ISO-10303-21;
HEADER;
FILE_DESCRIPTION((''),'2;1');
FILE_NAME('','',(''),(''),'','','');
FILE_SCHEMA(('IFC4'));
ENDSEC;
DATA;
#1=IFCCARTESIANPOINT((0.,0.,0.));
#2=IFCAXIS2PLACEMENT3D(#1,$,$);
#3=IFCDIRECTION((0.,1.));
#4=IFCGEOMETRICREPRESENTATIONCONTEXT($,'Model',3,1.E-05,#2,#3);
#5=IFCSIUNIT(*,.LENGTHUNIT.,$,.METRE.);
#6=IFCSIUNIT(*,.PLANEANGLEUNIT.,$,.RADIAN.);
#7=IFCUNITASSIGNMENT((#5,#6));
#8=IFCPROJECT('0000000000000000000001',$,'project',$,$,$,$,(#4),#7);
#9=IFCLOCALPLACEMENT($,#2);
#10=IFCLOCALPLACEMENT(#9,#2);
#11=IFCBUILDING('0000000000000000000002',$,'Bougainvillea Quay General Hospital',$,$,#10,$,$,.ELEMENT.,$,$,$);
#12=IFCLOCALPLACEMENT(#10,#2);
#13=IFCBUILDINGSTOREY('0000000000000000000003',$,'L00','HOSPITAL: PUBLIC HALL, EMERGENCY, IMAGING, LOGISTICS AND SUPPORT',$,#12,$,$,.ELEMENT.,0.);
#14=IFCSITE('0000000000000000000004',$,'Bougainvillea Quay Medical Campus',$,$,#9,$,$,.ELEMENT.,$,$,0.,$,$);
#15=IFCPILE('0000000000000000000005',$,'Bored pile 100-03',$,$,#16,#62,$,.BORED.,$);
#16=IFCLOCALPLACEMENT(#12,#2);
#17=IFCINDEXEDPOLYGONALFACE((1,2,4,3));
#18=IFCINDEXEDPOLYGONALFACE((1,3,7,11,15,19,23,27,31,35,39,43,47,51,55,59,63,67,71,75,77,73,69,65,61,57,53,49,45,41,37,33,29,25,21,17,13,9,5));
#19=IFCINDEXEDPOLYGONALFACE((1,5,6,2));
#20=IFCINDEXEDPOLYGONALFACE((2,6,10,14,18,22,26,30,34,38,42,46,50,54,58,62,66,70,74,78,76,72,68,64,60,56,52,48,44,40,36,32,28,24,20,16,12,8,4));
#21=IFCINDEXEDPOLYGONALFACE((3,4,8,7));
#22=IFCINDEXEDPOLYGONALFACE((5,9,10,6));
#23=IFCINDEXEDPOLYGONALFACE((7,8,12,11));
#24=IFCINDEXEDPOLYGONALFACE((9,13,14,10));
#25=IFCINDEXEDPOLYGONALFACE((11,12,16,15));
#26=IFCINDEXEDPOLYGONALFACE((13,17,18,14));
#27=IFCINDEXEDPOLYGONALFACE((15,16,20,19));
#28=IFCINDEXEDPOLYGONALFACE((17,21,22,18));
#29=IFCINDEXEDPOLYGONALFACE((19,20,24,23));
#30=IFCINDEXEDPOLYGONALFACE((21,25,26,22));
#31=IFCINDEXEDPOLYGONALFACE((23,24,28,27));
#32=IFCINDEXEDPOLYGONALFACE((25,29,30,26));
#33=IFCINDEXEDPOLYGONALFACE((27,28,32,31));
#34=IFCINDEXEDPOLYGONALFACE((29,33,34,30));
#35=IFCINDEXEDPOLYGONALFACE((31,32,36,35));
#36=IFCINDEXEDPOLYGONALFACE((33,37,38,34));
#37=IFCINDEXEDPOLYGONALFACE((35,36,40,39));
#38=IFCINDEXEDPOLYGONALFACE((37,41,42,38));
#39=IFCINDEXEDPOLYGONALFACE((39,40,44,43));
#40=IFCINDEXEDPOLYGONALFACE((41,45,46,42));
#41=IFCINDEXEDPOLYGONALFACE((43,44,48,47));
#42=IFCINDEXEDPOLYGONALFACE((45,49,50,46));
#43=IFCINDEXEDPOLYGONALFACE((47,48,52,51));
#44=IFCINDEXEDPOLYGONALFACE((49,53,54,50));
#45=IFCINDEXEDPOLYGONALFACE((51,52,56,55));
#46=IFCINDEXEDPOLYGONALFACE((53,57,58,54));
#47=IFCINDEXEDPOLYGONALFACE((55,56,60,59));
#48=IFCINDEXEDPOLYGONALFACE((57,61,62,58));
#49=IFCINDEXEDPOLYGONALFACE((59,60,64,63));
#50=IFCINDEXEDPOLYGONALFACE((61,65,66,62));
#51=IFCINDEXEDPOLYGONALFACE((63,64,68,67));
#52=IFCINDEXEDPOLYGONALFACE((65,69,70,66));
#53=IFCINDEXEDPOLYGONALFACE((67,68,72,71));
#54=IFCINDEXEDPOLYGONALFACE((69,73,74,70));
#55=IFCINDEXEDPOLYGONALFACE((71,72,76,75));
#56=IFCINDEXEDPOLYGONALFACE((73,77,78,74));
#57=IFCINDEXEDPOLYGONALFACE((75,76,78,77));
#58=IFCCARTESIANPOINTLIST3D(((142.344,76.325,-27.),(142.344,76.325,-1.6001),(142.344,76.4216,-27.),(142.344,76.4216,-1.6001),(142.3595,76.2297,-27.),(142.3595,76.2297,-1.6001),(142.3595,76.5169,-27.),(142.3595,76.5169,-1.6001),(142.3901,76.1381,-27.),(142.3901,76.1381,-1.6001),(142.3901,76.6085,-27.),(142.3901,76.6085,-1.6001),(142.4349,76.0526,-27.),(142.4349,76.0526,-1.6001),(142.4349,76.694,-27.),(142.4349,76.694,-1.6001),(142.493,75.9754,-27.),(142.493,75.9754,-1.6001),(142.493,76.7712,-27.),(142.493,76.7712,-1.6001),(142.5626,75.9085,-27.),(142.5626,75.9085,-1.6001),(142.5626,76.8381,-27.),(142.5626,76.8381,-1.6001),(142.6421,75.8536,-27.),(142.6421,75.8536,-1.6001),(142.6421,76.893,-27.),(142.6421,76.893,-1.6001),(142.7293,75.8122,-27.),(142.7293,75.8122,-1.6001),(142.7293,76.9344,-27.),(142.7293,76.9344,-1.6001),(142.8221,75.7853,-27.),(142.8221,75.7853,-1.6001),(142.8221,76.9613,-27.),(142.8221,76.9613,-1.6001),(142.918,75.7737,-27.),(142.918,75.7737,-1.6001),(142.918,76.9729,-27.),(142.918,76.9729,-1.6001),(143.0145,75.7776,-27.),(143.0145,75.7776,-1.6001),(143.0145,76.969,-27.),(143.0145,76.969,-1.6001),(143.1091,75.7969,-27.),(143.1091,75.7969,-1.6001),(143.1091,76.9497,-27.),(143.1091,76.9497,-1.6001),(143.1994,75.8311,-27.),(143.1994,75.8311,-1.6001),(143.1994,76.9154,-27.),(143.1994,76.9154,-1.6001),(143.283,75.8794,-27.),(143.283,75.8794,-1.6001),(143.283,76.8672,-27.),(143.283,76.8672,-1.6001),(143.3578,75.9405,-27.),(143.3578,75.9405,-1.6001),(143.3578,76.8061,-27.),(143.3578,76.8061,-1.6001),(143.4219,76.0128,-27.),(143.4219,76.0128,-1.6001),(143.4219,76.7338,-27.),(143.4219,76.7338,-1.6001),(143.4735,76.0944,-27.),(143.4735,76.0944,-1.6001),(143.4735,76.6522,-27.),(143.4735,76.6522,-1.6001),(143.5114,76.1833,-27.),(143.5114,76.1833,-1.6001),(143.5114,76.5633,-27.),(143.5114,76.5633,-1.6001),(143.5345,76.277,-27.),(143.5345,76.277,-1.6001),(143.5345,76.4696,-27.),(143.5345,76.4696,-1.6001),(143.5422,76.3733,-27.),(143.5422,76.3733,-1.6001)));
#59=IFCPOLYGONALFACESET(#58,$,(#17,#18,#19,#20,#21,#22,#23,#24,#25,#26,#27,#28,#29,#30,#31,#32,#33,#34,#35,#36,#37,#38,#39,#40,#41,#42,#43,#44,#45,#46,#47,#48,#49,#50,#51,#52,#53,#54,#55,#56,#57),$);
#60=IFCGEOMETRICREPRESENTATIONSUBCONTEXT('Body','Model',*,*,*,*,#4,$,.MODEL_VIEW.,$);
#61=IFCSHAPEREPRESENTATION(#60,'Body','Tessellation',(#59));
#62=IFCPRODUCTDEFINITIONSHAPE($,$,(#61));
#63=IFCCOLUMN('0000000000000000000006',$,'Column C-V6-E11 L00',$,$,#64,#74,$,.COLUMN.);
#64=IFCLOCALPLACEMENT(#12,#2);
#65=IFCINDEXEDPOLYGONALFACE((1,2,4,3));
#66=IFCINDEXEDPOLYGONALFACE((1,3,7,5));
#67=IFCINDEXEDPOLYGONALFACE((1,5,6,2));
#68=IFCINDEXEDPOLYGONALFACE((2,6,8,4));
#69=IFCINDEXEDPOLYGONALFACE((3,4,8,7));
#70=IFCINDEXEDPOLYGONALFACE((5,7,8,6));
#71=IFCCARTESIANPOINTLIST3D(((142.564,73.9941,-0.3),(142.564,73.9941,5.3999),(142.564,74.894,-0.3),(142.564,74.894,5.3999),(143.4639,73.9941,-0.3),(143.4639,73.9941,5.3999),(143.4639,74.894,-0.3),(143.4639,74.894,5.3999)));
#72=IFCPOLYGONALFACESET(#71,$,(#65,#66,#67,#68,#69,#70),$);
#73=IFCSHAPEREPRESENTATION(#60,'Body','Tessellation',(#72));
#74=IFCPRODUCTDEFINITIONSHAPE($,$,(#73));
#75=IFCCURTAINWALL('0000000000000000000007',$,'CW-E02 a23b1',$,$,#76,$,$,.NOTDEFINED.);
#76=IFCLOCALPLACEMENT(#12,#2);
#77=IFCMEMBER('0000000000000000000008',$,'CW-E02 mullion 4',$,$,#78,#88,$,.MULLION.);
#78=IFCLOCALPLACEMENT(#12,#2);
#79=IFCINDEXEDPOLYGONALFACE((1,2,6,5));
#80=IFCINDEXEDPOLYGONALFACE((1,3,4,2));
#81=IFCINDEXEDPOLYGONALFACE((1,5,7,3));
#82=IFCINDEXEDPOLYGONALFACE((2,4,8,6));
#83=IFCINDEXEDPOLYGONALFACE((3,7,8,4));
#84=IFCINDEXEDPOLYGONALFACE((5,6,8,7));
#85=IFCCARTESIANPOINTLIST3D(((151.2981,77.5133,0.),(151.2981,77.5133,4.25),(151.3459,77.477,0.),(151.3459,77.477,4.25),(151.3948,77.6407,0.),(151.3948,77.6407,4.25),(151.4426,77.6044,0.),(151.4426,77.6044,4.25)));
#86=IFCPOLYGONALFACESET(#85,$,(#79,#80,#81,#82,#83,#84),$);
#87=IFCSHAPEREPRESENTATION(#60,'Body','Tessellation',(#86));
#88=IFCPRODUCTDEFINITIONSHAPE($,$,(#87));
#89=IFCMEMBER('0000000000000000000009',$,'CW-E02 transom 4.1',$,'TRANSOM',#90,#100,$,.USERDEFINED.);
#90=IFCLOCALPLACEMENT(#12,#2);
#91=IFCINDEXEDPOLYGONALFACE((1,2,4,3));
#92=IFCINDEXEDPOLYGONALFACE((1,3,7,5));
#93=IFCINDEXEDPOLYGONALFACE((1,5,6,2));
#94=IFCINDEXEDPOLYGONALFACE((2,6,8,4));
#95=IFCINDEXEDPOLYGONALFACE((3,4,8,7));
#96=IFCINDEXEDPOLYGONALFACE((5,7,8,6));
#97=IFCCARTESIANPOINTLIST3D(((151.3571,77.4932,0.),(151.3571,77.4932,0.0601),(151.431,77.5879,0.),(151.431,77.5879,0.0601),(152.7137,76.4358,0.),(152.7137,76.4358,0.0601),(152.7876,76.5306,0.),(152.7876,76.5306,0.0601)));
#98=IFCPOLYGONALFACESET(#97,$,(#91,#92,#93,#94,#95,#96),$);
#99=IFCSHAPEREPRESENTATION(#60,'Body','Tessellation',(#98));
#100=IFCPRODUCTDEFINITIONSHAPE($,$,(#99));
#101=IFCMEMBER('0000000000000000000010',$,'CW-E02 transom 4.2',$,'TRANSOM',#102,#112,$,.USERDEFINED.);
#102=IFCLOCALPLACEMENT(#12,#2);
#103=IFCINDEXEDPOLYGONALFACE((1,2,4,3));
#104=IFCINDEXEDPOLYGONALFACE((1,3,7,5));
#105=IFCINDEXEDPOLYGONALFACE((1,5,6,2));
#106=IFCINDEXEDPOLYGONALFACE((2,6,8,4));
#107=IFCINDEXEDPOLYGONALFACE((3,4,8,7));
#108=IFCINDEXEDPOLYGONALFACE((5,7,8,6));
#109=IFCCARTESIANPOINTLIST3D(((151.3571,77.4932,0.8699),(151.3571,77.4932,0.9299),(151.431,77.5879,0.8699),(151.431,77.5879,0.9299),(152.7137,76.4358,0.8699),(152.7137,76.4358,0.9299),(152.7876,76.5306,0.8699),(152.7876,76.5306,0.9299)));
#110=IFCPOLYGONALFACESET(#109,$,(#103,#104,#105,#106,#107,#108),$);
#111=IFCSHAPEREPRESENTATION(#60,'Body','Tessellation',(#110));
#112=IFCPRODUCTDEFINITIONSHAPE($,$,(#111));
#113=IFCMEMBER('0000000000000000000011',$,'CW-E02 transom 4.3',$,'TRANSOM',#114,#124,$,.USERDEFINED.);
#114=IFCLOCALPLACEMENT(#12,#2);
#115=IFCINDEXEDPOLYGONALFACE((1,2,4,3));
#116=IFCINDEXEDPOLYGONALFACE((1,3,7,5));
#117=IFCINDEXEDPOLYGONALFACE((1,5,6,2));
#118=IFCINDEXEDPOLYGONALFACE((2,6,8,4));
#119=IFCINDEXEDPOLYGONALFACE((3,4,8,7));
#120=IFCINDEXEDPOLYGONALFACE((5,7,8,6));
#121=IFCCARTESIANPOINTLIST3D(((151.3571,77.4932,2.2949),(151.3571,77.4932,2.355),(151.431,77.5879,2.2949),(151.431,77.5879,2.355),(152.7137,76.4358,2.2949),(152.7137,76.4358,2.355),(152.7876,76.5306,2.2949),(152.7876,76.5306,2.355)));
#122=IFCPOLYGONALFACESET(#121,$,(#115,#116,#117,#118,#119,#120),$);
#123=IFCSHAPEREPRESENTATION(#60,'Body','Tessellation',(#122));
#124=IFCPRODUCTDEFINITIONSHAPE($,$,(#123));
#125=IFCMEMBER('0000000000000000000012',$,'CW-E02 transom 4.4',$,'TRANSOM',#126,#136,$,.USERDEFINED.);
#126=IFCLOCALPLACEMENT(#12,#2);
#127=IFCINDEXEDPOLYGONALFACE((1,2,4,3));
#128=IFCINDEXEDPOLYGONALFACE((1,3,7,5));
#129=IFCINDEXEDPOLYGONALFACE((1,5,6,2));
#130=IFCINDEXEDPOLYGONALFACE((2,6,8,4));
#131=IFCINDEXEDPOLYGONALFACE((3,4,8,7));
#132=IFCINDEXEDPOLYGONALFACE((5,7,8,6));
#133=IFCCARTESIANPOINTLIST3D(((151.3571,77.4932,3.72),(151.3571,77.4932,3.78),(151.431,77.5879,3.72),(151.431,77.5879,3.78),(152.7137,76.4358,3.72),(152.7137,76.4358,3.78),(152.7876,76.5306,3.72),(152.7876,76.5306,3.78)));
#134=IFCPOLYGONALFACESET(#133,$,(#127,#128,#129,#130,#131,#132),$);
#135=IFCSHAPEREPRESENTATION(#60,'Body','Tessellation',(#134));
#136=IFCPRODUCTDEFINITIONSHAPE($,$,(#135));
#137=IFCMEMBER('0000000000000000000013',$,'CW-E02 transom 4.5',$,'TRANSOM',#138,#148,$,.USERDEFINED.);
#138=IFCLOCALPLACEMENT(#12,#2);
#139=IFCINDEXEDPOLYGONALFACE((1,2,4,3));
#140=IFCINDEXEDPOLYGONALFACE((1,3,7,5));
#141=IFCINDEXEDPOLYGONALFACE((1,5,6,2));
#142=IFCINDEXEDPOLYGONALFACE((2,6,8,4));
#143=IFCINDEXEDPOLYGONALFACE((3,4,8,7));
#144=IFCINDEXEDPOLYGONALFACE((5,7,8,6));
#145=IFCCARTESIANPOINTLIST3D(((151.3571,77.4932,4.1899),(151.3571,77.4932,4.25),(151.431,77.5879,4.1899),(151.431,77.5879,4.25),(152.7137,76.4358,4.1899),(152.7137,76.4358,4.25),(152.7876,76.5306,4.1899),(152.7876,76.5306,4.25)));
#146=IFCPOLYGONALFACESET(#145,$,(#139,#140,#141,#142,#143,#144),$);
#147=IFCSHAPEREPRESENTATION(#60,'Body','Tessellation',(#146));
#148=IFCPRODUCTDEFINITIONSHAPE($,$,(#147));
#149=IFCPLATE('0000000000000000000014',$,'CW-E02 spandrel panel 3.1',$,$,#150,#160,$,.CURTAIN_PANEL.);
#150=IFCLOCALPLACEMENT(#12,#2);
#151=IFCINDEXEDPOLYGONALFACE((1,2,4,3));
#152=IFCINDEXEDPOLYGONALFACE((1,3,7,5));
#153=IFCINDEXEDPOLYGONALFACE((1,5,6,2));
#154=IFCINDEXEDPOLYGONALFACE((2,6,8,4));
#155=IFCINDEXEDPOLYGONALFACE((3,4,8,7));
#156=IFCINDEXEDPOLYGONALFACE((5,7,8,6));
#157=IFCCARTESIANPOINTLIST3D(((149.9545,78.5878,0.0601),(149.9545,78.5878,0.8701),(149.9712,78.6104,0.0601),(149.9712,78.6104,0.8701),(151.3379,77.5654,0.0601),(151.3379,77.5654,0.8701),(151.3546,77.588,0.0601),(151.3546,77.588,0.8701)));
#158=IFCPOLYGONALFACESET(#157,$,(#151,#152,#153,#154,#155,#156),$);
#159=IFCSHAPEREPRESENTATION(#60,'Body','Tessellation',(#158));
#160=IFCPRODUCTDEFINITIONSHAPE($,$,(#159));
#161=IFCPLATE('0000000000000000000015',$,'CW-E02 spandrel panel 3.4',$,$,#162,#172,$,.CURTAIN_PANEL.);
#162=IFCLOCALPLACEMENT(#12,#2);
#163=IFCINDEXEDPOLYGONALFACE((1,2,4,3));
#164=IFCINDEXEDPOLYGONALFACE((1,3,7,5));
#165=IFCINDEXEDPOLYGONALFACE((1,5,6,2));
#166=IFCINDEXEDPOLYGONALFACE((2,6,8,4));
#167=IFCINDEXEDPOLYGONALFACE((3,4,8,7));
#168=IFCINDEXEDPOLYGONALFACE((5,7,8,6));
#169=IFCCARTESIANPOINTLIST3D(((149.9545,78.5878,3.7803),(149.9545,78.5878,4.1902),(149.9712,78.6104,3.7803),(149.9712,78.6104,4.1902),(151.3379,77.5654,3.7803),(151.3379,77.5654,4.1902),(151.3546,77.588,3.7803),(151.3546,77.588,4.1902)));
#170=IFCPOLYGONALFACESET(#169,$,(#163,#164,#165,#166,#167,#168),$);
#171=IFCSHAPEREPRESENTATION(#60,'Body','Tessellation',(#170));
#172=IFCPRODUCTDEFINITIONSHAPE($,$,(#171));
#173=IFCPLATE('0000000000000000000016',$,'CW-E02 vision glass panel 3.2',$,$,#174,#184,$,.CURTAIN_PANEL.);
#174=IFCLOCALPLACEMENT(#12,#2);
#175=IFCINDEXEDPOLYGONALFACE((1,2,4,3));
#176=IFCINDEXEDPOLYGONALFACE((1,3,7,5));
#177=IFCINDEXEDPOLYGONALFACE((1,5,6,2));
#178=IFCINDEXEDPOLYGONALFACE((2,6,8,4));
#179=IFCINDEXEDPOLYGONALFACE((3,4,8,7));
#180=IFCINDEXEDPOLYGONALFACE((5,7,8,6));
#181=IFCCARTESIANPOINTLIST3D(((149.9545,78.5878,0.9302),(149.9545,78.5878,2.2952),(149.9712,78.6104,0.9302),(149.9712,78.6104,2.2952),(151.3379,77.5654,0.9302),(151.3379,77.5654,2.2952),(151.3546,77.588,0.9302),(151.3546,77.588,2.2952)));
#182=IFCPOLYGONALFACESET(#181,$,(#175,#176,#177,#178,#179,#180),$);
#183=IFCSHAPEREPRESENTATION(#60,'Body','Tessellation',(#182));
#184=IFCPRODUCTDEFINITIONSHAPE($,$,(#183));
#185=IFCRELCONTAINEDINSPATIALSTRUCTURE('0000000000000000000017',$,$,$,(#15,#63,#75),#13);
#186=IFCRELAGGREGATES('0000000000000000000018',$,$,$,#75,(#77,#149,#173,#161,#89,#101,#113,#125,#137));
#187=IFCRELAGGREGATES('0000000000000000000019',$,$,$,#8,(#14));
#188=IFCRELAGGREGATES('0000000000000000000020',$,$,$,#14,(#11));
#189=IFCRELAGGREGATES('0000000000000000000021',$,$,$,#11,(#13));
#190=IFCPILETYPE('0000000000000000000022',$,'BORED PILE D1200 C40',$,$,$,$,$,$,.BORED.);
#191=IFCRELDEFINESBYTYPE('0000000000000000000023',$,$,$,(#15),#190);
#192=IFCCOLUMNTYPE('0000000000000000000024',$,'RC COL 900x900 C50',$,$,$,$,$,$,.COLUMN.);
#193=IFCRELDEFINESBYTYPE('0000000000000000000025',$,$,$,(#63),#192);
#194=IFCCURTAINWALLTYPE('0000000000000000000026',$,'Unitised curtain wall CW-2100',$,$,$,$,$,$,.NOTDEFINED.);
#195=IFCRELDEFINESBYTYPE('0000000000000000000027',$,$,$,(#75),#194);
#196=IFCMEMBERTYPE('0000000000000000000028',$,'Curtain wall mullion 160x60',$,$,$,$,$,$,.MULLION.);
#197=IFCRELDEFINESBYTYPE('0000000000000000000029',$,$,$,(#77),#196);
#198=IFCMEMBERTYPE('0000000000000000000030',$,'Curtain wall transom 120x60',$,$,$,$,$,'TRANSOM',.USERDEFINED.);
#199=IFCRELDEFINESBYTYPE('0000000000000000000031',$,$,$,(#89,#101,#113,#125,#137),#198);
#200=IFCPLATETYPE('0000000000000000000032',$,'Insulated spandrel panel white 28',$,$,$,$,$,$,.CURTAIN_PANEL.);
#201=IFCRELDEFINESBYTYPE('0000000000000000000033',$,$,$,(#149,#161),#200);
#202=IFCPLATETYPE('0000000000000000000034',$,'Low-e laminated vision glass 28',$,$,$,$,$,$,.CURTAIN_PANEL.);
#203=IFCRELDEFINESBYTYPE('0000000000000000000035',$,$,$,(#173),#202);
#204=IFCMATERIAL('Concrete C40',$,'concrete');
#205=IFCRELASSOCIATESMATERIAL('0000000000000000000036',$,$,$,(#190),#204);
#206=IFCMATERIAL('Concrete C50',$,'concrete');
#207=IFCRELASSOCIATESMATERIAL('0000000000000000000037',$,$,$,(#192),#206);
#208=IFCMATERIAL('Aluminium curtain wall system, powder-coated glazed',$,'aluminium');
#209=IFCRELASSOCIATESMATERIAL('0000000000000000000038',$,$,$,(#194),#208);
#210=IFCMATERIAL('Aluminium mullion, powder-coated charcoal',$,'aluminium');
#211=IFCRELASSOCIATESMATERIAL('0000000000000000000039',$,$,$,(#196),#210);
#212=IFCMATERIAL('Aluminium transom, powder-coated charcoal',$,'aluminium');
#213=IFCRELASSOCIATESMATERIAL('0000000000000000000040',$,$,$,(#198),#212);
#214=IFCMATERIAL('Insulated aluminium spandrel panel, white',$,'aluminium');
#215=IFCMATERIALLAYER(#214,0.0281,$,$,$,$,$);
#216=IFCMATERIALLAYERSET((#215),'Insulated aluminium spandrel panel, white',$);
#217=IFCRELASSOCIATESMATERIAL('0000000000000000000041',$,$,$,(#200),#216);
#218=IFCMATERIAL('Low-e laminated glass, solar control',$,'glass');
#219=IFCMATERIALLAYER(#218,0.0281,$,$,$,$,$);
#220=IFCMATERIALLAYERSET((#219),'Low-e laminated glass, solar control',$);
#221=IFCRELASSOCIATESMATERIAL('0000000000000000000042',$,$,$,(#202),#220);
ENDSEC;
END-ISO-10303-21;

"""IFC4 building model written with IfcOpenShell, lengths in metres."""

from ifc_helpers import new_model, si_unit, direction, frame, origin, origin_2d, place, context, subcontext, project, spatial, rectangle, circle, extrude, material, layer, layer_set, material_profile, profile_set, type_object, element, aggregate, save


model = new_model("IFC4")

# Units and contexts
model_context = context("Model", 3, precision=1e-05, world=origin(), true_north=direction((0.0, 1.0)))
body_context = subcontext(model_context, "Body", "Model", "MODEL_VIEW")
ifc_project = project(units=[si_unit("LENGTHUNIT", "METRE"), si_unit("PLANEANGLEUNIT", "RADIAN")], contexts=[model_context])

# Site, building, storey
site_placement = place(None, origin())
site = spatial("IfcSite", under=ifc_project, at=site_placement, Name="Bougainvillea Quay Medical Campus", CompositionType="ELEMENT", RefElevation=0.0)
building_placement = place(site_placement, origin())
building = spatial("IfcBuilding", under=site, at=building_placement, Name="Bougainvillea Quay General Hospital", CompositionType="ELEMENT")
storey_placement = place(building_placement, origin())
storey = spatial("IfcBuildingStorey", under=building, at=storey_placement, Name="L00", Description="HOSPITAL: PUBLIC HALL, EMERGENCY, IMAGING, LOGISTICS AND SUPPORT", CompositionType="ELEMENT", Elevation=0.0)

# Pile
ifc_material_1 = material(Name="Concrete C40", Category="concrete")
ifc_material_profile_1 = material_profile(ifc_material_1, circle(Radius=0.6001, at=origin_2d()))
ifc_profile_set_1 = profile_set([ifc_material_profile_1], Name="Concrete C40")
pile_type = type_object("IfcPileType", Name="BORED PILE D1200 C40", PredefinedType="BORED", material=ifc_profile_set_1)
pile_placement = place(storey_placement, frame((142.9421, 76.3733, -1.6001), z_axis=(0.0, 0.0, -1.0), x_axis=(1.0, 0.0, 0.0)))
element("IfcPile", 1, at=pile_placement, inside=storey, type_object=pile_type, Name="Bored pile 100-03", PredefinedType="BORED", context=body_context, shape_type="SweptSolid", body=[
    extrude(circle(Radius=0.6001, at=origin_2d()), origin(), (0.0, 0.0, 1.0), 25.3999),
])

# Column
ifc_material_2 = material(Name="Concrete C50", Category="concrete")
ifc_material_profile_2 = material_profile(ifc_material_2, rectangle(XDim=0.8999, YDim=0.8999, at=origin_2d()))
ifc_profile_set_2 = profile_set([ifc_material_profile_2], Name="Concrete C50")
column_type = type_object("IfcColumnType", Name="RC COL 900x900 C50", PredefinedType="COLUMN", material=ifc_profile_set_2)
column_placement = place(storey_placement, frame((143.0139, 74.4441, -0.3), z_axis=(0.0, 0.0, 1.0), x_axis=(1.0, 0.0, 0.0)))
element("IfcColumn", 2, at=column_placement, inside=storey, type_object=column_type, Name="Column C-V6-E11 L00", PredefinedType="COLUMN", context=body_context, shape_type="SweptSolid", body=[
    extrude(rectangle(XDim=0.8999, YDim=0.8999, at=origin_2d()), origin(), (0.0, 0.0, 1.0), 5.7),
])

# Curtain wall, members, plates
ifc_material_3 = material(Name="Aluminium curtain wall system, powder-coated glazed", Category="aluminium")
curtain_wall_type = type_object("IfcCurtainWallType", Name="Unitised curtain wall CW-2100", PredefinedType="NOTDEFINED", material=ifc_material_3)
curtain_wall_placement = place(storey_placement, origin())
curtain_wall = element("IfcCurtainWall", 3, at=curtain_wall_placement, inside=storey, type_object=curtain_wall_type, Name="CW-E02 a23b1", PredefinedType="NOTDEFINED")
ifc_material_4 = material(Name="Aluminium mullion, powder-coated charcoal", Category="aluminium")
ifc_material_profile_3 = material_profile(ifc_material_4, rectangle(XDim=0.1599, YDim=0.0601, at=origin_2d()))
ifc_profile_set_3 = profile_set([ifc_material_profile_3], Name="Aluminium mullion, powder-coated charcoal")
member_type_1 = type_object("IfcMemberType", Name="Curtain wall mullion 160x60", PredefinedType="MULLION", material=ifc_profile_set_3)
member_1_placement = place(storey_placement, frame((151.3704, 77.5588, 0.0), z_axis=(0.0, 0.0, 1.0), x_axis=(0.604588, 0.796538, 0.0)))
member_1 = element("IfcMember", 4, at=member_1_placement, type_object=member_type_1, Name="CW-E02 mullion 4", PredefinedType="MULLION", context=body_context, shape_type="SweptSolid", body=[
    extrude(rectangle(XDim=0.1599, YDim=0.0601, at=origin_2d()), origin(), (0.0, 0.0, 1.0), 4.25),
])
ifc_material_5 = material(Name="Aluminium transom, powder-coated charcoal", Category="aluminium")
ifc_material_profile_4 = material_profile(ifc_material_5, rectangle(XDim=0.1201, YDim=0.0601, at=origin_2d()))
ifc_profile_set_4 = profile_set([ifc_material_profile_4], Name="Aluminium transom, powder-coated charcoal")
member_type_2 = type_object("IfcMemberType", Name="Curtain wall transom 120x60", ElementType="TRANSOM", PredefinedType="USERDEFINED", material=ifc_profile_set_4)
member_2_placement = place(storey_placement, frame((151.394, 77.5405, 0.03), z_axis=(0.78874, -0.614726, 0.0), x_axis=(0.614726, 0.78874, 0.0)))
member_2 = element("IfcMember", 5, at=member_2_placement, type_object=member_type_2, Name="CW-E02 transom 4.1", ObjectType="TRANSOM", PredefinedType="USERDEFINED", context=body_context, shape_type="SweptSolid", body=[
    extrude(rectangle(XDim=0.1201, YDim=0.0601, at=origin_2d()), origin(), (0.0, 0.0, 1.0), 1.72),
])
member_3_placement = place(storey_placement, frame((151.394, 77.5405, 0.8999), z_axis=(0.78874, -0.614726, 0.0), x_axis=(0.614726, 0.78874, 0.0)))
member_3 = element("IfcMember", 6, at=member_3_placement, type_object=member_type_2, Name="CW-E02 transom 4.2", ObjectType="TRANSOM", PredefinedType="USERDEFINED", context=body_context, shape_type="SweptSolid", body=[
    extrude(rectangle(XDim=0.1201, YDim=0.0601, at=origin_2d()), origin(), (0.0, 0.0, 1.0), 1.72),
])
member_4_placement = place(storey_placement, frame((151.394, 77.5405, 2.325), z_axis=(0.78874, -0.614726, 0.0), x_axis=(0.614726, 0.78874, 0.0)))
member_4 = element("IfcMember", 7, at=member_4_placement, type_object=member_type_2, Name="CW-E02 transom 4.3", ObjectType="TRANSOM", PredefinedType="USERDEFINED", context=body_context, shape_type="SweptSolid", body=[
    extrude(rectangle(XDim=0.1201, YDim=0.0601, at=origin_2d()), origin(), (0.0, 0.0, 1.0), 1.72),
])
member_5_placement = place(storey_placement, frame((151.394, 77.5405, 3.75), z_axis=(0.78874, -0.614726, 0.0), x_axis=(0.614726, 0.78874, 0.0)))
member_5 = element("IfcMember", 8, at=member_5_placement, type_object=member_type_2, Name="CW-E02 transom 4.4", ObjectType="TRANSOM", PredefinedType="USERDEFINED", context=body_context, shape_type="SweptSolid", body=[
    extrude(rectangle(XDim=0.1201, YDim=0.0601, at=origin_2d()), origin(), (0.0, 0.0, 1.0), 1.72),
])
member_6_placement = place(storey_placement, frame((151.394, 77.5405, 4.22), z_axis=(0.78874, -0.614726, 0.0), x_axis=(0.614726, 0.78874, 0.0)))
member_6 = element("IfcMember", 9, at=member_6_placement, type_object=member_type_2, Name="CW-E02 transom 4.5", ObjectType="TRANSOM", PredefinedType="USERDEFINED", context=body_context, shape_type="SweptSolid", body=[
    extrude(rectangle(XDim=0.1201, YDim=0.0601, at=origin_2d()), origin(), (0.0, 0.0, 1.0), 1.72),
])
ifc_material_6 = material(Name="Insulated aluminium spandrel panel, white", Category="aluminium")
ifc_layer_1 = layer(ifc_material_6, 0.0281)
ifc_layer_set_1 = layer_set([ifc_layer_1], Name="Insulated aluminium spandrel panel, white")
plate_type_1 = type_object("IfcPlateType", Name="Insulated spandrel panel white 28", PredefinedType="CURTAIN_PANEL", material=ifc_layer_set_1)
plate_1_placement = place(storey_placement, frame((150.6545, 78.0879, 0.0601), z_axis=(0.0, 0.0, 1.0), x_axis=(0.804189, -0.594374, 0.0)))
plate_1 = element("IfcPlate", 10, at=plate_1_placement, type_object=plate_type_1, Name="CW-E02 spandrel panel 3.1", PredefinedType="CURTAIN_PANEL", context=body_context, shape_type="SweptSolid", body=[
    extrude(rectangle(XDim=1.7202, YDim=0.0281, at=origin_2d()), origin(), (0.0, 0.0, 1.0), 0.8101),
])
plate_2_placement = place(storey_placement, frame((150.6545, 78.0879, 3.7803), z_axis=(0.0, 0.0, 1.0), x_axis=(0.804189, -0.594374, 0.0)))
plate_2 = element("IfcPlate", 11, at=plate_2_placement, type_object=plate_type_1, Name="CW-E02 spandrel panel 3.4", PredefinedType="CURTAIN_PANEL", context=body_context, shape_type="SweptSolid", body=[
    extrude(rectangle(XDim=1.7202, YDim=0.0281, at=origin_2d()), origin(), (0.0, 0.0, 1.0), 0.4099),
])
ifc_material_7 = material(Name="Low-e laminated glass, solar control", Category="glass")
ifc_layer_2 = layer(ifc_material_7, 0.0281)
ifc_layer_set_2 = layer_set([ifc_layer_2], Name="Low-e laminated glass, solar control")
plate_type_2 = type_object("IfcPlateType", Name="Low-e laminated vision glass 28", PredefinedType="CURTAIN_PANEL", material=ifc_layer_set_2)
plate_3_placement = place(storey_placement, frame((150.6545, 78.0879, 0.9302), z_axis=(0.0, 0.0, 1.0), x_axis=(0.804189, -0.594374, 0.0)))
plate_3 = element("IfcPlate", 12, at=plate_3_placement, type_object=plate_type_2, Name="CW-E02 vision glass panel 3.2", PredefinedType="CURTAIN_PANEL", context=body_context, shape_type="SweptSolid", body=[
    extrude(rectangle(XDim=1.7202, YDim=0.0281, at=origin_2d()), origin(), (0.0, 0.0, 1.0), 1.365),
])
aggregate(curtain_wall, [member_1, plate_1, plate_3, plate_2, member_2, member_3, member_4, member_5, member_6])

save(model, "model.ifc")
